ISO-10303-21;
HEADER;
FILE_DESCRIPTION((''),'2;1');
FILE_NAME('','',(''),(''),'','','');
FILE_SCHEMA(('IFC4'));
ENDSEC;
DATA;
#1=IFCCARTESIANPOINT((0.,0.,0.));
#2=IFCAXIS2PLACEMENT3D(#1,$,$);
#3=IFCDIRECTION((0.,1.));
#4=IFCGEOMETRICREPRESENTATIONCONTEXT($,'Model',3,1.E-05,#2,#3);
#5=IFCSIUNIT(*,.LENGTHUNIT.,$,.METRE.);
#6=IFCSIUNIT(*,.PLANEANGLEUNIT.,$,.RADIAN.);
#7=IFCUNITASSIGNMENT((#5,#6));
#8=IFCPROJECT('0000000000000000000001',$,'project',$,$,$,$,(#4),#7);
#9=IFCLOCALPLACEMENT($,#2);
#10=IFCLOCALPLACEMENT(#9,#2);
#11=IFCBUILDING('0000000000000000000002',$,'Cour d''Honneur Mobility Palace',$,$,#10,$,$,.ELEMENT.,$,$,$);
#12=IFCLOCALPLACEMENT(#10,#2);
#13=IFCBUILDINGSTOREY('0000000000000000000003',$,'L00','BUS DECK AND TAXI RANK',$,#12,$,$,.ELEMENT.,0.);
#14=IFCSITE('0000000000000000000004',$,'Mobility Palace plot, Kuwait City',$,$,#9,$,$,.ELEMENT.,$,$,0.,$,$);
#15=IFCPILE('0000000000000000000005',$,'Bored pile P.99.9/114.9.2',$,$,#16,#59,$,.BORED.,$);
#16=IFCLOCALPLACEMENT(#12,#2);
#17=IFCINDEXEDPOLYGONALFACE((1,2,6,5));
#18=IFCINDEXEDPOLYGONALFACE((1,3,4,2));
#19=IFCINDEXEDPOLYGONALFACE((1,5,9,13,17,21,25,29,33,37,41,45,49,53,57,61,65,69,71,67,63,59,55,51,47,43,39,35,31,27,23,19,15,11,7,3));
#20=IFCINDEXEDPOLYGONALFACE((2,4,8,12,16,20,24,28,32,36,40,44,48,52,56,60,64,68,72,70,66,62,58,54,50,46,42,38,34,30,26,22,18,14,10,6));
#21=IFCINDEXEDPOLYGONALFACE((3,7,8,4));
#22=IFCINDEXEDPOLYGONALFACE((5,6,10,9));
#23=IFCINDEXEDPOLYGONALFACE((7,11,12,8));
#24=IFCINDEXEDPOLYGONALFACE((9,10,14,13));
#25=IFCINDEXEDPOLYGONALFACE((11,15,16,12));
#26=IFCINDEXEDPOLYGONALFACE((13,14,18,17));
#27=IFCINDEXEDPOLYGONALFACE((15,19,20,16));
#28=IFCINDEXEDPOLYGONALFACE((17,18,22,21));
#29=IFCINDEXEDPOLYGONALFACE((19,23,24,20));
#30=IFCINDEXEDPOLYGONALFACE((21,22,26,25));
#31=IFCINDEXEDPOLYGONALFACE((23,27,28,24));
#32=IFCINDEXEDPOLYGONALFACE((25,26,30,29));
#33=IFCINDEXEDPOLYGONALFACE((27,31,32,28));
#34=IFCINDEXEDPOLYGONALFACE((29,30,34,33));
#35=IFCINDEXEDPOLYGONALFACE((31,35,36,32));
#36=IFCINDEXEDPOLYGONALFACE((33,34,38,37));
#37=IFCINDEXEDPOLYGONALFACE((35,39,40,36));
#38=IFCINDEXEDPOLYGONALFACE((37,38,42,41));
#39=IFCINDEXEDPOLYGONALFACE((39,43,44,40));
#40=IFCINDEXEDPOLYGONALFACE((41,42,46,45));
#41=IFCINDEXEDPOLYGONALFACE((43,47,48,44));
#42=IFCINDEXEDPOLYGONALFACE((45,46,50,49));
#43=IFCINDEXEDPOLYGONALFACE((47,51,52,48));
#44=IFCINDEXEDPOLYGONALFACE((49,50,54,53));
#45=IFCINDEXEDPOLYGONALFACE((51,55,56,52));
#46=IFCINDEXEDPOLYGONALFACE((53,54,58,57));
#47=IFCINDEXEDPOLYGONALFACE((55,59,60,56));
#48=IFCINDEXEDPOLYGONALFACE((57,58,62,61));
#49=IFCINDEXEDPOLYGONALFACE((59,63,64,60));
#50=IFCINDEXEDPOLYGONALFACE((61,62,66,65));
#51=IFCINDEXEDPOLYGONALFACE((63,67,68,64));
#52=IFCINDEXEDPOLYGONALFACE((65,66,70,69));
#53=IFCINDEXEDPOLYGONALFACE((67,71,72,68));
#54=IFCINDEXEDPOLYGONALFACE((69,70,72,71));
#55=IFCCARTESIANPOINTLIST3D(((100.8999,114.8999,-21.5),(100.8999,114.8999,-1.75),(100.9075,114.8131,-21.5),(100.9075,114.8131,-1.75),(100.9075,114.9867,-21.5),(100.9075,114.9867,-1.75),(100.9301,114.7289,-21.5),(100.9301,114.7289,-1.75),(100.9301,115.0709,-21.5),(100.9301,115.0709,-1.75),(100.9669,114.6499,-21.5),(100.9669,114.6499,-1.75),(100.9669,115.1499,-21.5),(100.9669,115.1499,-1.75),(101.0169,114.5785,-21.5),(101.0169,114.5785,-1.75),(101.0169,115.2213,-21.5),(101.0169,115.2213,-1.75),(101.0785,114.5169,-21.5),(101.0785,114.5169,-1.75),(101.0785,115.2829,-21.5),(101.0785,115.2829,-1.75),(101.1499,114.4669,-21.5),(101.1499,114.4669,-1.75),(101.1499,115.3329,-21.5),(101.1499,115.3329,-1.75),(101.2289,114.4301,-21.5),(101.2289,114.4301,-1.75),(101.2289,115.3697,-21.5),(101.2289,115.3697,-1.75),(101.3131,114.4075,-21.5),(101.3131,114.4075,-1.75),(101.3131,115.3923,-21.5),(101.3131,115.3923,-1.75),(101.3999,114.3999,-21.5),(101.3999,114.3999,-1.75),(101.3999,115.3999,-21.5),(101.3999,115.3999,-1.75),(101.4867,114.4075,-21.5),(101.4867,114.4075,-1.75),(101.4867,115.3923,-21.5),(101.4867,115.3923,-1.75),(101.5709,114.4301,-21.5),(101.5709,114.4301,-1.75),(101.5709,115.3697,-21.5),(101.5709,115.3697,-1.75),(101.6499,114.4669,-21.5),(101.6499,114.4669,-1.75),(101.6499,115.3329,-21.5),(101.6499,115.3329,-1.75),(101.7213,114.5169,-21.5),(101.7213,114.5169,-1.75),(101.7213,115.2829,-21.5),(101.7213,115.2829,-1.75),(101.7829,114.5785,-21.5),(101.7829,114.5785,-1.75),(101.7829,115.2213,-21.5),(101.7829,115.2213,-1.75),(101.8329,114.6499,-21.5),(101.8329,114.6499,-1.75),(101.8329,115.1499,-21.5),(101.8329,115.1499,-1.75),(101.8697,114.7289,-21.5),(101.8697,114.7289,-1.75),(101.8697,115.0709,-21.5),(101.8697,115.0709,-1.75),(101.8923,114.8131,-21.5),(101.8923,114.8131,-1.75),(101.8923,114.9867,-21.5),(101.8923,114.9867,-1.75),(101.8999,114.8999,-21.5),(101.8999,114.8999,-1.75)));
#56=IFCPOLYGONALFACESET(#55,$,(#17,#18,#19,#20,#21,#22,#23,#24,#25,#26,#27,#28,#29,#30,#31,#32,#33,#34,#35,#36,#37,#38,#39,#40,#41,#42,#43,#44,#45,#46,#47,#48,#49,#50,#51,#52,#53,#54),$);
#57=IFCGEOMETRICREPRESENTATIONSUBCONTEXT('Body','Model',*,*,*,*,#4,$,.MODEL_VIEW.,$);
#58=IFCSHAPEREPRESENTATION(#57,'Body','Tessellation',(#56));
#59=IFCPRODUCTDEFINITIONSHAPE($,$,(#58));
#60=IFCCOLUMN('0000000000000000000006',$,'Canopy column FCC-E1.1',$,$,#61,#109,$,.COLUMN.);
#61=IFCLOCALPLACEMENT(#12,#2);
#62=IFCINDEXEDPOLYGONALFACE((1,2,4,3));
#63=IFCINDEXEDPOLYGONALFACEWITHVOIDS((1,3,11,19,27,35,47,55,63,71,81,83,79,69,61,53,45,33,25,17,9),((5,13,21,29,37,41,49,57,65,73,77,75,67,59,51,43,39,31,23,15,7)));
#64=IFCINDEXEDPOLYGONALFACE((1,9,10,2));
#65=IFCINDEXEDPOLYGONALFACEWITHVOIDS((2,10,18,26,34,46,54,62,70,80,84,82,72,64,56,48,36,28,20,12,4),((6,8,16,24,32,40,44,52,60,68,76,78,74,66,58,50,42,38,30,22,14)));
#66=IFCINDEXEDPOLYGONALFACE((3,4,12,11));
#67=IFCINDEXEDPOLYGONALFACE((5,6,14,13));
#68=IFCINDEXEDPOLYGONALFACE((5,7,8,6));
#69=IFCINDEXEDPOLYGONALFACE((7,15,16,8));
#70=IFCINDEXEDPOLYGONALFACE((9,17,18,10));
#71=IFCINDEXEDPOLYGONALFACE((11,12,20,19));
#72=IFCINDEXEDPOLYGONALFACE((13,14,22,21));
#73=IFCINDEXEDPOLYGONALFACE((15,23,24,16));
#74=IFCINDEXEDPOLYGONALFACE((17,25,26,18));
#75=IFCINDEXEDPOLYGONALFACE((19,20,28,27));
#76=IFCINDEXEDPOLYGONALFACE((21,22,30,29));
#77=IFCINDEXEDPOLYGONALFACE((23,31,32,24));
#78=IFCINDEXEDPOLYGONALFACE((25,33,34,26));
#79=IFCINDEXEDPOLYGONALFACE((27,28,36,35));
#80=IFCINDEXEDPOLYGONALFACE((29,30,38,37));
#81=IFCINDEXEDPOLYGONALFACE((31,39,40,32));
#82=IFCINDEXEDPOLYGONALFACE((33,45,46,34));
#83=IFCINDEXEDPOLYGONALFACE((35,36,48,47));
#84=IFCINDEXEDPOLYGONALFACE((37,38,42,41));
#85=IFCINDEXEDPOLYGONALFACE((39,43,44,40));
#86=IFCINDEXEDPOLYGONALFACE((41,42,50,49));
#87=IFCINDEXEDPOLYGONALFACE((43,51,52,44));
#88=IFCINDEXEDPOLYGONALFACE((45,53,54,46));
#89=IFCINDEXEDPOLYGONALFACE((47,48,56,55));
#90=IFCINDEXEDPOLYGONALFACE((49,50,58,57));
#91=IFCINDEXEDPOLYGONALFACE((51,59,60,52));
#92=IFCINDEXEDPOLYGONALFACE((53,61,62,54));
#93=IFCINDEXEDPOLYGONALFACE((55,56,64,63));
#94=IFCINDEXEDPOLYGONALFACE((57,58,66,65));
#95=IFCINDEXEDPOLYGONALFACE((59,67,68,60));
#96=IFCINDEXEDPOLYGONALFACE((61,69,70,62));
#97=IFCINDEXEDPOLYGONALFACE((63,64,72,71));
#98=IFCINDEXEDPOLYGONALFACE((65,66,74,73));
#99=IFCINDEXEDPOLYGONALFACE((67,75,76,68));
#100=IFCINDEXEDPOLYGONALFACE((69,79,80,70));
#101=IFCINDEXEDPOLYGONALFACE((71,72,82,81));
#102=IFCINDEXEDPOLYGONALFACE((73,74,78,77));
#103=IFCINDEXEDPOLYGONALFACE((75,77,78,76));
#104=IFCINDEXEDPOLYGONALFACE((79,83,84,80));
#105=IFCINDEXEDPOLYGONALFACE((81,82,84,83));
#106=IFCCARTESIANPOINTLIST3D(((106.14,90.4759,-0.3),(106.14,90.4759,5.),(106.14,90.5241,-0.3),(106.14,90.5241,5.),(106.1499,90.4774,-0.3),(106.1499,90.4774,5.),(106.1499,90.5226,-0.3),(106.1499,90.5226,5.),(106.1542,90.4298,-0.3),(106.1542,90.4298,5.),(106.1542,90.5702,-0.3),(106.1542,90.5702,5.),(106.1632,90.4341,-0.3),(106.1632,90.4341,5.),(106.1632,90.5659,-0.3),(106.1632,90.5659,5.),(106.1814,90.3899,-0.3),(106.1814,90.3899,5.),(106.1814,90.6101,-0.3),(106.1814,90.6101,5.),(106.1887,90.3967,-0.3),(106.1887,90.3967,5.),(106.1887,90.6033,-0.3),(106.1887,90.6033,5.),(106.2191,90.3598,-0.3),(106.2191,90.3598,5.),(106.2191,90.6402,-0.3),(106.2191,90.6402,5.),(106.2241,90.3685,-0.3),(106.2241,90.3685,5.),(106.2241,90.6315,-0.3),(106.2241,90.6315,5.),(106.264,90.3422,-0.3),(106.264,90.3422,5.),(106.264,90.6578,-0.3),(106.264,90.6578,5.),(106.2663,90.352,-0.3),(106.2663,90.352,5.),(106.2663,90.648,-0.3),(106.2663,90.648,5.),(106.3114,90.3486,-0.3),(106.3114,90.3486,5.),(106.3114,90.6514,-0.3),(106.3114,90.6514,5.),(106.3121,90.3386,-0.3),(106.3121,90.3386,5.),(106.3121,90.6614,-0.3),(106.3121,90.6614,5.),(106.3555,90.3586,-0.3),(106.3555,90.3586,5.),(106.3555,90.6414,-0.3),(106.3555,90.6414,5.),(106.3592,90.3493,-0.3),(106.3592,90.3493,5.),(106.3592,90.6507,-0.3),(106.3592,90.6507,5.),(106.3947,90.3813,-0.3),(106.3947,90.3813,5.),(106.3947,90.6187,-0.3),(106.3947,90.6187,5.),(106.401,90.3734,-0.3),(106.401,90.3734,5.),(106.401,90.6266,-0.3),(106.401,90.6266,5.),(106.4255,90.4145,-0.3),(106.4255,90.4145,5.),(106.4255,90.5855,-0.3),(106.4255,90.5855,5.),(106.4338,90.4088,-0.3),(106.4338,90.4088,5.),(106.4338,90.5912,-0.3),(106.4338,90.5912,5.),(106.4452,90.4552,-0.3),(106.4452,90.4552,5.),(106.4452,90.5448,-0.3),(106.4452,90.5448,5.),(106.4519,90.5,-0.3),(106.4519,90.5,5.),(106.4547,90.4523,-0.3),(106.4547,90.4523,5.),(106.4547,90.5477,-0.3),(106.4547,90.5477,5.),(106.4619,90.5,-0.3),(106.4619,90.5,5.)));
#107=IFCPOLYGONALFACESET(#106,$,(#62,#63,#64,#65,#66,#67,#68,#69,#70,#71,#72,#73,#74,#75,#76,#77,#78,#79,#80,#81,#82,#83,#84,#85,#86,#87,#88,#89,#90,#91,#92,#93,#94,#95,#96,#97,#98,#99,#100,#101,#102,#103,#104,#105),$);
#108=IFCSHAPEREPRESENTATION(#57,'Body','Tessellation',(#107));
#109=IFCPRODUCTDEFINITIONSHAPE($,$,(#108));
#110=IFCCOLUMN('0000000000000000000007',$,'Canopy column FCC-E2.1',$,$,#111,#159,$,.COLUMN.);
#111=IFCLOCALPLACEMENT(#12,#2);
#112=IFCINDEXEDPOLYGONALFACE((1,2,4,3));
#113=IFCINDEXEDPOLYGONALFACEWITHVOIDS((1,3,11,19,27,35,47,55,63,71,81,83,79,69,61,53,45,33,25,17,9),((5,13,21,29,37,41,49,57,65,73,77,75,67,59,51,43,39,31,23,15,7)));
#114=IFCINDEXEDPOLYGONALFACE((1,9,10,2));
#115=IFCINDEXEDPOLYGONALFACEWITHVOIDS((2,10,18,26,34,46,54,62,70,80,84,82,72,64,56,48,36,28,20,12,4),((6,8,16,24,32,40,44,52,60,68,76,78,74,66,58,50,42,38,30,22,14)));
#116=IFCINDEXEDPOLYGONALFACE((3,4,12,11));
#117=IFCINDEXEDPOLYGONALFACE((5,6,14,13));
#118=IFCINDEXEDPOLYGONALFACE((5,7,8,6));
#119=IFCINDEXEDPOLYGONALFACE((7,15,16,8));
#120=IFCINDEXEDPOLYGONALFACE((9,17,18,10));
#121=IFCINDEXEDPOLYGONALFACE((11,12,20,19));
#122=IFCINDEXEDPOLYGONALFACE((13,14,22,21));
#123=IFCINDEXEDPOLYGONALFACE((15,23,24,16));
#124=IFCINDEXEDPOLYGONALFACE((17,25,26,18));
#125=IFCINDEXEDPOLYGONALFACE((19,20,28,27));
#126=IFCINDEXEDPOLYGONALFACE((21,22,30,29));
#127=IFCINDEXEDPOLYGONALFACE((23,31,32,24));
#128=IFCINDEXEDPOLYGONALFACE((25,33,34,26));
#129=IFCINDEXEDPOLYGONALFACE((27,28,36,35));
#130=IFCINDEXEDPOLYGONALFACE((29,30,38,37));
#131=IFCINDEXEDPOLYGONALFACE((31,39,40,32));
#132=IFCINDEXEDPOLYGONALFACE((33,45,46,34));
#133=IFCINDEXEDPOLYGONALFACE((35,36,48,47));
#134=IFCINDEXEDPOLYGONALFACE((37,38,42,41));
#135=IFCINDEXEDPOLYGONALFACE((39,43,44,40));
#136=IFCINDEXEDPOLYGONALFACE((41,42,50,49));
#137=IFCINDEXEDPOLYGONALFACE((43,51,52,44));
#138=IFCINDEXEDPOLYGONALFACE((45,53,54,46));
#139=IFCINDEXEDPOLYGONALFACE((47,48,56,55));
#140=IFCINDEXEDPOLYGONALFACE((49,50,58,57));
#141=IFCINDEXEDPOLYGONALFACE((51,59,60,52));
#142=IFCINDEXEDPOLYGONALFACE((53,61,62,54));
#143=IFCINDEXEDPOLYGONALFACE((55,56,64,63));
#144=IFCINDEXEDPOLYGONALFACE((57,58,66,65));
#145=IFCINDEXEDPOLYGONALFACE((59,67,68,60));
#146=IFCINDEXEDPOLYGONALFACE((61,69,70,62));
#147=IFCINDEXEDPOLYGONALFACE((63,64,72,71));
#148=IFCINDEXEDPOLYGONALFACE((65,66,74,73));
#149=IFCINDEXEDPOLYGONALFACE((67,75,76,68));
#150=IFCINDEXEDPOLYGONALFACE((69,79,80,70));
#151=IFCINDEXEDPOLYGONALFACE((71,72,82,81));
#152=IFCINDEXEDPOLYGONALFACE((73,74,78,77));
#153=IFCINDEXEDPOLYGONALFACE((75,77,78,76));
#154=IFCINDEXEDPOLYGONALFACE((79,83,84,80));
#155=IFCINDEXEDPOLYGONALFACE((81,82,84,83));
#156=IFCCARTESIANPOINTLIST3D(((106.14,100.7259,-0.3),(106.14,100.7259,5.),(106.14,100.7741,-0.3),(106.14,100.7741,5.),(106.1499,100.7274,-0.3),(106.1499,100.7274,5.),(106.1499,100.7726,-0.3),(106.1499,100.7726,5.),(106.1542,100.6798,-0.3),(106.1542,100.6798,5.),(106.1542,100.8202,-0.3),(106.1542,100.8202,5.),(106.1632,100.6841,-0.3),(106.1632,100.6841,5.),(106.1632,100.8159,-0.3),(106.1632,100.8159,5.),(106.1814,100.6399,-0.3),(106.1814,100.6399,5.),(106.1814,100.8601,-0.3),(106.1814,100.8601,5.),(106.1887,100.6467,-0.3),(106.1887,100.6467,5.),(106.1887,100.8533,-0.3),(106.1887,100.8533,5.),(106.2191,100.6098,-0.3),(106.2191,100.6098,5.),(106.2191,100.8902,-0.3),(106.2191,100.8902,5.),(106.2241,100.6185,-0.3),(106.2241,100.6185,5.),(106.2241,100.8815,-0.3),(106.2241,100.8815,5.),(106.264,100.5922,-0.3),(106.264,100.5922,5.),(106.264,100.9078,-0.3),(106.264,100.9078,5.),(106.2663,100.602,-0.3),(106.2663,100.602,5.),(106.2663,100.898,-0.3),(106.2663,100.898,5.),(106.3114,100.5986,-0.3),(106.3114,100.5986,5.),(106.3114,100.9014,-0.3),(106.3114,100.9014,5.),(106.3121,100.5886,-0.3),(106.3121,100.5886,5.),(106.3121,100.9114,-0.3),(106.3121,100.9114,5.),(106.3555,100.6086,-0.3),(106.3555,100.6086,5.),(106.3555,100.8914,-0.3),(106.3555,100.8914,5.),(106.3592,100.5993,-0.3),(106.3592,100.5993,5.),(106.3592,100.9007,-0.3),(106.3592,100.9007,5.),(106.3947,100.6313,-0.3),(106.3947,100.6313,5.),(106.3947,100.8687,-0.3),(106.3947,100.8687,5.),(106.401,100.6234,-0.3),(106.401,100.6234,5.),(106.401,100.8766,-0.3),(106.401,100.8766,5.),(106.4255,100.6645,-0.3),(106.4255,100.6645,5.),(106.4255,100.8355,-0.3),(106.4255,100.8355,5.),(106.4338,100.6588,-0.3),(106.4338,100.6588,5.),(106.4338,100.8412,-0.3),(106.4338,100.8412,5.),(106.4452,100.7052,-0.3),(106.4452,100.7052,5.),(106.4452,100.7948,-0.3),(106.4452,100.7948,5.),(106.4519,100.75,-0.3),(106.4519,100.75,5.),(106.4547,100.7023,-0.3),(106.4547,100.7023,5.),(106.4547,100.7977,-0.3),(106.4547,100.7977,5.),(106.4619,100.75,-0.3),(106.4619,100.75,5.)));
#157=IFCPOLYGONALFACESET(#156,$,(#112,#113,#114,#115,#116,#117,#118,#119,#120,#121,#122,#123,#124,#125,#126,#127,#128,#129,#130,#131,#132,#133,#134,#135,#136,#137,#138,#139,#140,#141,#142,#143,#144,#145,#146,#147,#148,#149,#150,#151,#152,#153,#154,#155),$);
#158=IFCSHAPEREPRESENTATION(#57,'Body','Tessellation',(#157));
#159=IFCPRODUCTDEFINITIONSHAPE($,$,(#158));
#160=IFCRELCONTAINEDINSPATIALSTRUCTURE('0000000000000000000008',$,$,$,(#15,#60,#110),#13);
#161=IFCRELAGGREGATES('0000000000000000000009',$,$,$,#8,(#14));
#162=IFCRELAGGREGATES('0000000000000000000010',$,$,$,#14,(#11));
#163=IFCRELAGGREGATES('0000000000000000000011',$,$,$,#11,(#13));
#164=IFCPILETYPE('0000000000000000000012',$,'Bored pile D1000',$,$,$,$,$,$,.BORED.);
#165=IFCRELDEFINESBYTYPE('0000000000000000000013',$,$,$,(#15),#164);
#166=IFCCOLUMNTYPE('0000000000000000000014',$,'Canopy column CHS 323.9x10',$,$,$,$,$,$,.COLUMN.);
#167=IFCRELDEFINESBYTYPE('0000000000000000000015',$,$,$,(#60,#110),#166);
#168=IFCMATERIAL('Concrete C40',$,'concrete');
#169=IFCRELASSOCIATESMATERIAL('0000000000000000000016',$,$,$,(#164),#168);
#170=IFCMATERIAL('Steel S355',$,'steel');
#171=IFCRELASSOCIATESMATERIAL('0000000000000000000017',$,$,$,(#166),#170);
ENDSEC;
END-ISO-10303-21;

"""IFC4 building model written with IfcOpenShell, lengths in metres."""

from ifc_helpers import new_model, si_unit, direction, frame, origin, origin_2d, place, context, subcontext, project, spatial, circle, hollow_circle, extrude, material, material_profile, profile_set, type_object, element, save


model = new_model("IFC4")

# Units and contexts
model_context = context("Model", 3, precision=1e-05, world=origin(), true_north=direction((0.0, 1.0)))
body_context = subcontext(model_context, "Body", "Model", "MODEL_VIEW")
ifc_project = project(units=[si_unit("LENGTHUNIT", "METRE"), si_unit("PLANEANGLEUNIT", "RADIAN")], contexts=[model_context])

# Site, building, storey
site_placement = place(None, origin())
site = spatial("IfcSite", under=ifc_project, at=site_placement, Name="Mobility Palace plot, Kuwait City", CompositionType="ELEMENT", RefElevation=0.0)
building_placement = place(site_placement, origin())
building = spatial("IfcBuilding", under=site, at=building_placement, Name="Cour d'Honneur Mobility Palace", CompositionType="ELEMENT")
storey_placement = place(building_placement, origin())
storey = spatial("IfcBuildingStorey", under=building, at=storey_placement, Name="L00", Description="BUS DECK AND TAXI RANK", CompositionType="ELEMENT", Elevation=0.0)

# Pile
ifc_material_1 = material(Name="Concrete C40", Category="concrete")
ifc_material_profile_1 = material_profile(ifc_material_1, circle(Radius=0.5, at=origin_2d()), Name="Bored pile D1000")
ifc_profile_set_1 = profile_set([ifc_material_profile_1], Name="Concrete C40")
pile_type = type_object("IfcPileType", Name="Bored pile D1000", PredefinedType="BORED", material=ifc_profile_set_1)
for number, where, z_axis, x_axis, name in (
    (1, (101.3999, 114.8999, -1.75), (0.0, 0.0, -1.0), (1.0, 0.0, 0.0), "Bored pile P.99.9/114.9.2"),
):
    element("IfcPile", number, at=place(storey_placement, frame(where, z_axis=z_axis, x_axis=x_axis)), inside=storey, type_object=pile_type, Name=name, PredefinedType="BORED", context=body_context, shape_type="SweptSolid", body=[
        extrude(circle(Radius=0.5, at=origin_2d()), origin(), (0.0, 0.0, 1.0), 19.75),
    ])

# Columns
ifc_material_2 = material(Name="Steel S355", Category="steel")
ifc_material_profile_2 = material_profile(ifc_material_2, hollow_circle(Radius=0.1619, WallThickness=0.01, at=origin_2d()), Name="CHS 323.9x10")
ifc_profile_set_2 = profile_set([ifc_material_profile_2], Name="Steel S355")
column_type_1 = type_object("IfcColumnType", Name="Canopy column CHS 323.9x10", PredefinedType="COLUMN", material=ifc_profile_set_2)
for number, where, z_axis, x_axis, name in (
    (2, (106.3, 90.5, -0.3), (0.0, 0.0, 1.0), (1.0, 0.0, 0.0), "Canopy column FCC-E1.1"),
    (3, (106.3, 100.75, -0.3), (0.0, 0.0, 1.0), (1.0, 0.0, 0.0), "Canopy column FCC-E2.1"),
):
    element("IfcColumn", number, at=place(storey_placement, frame(where, z_axis=z_axis, x_axis=x_axis)), inside=storey, type_object=column_type_1, Name=name, PredefinedType="COLUMN", context=body_context, shape_type="SweptSolid", body=[
        extrude(hollow_circle(Radius=0.1619, WallThickness=0.01, at=origin_2d()), origin(), (0.0, 0.0, 1.0), 5.3),
    ])

save(model, "model.ifc")
